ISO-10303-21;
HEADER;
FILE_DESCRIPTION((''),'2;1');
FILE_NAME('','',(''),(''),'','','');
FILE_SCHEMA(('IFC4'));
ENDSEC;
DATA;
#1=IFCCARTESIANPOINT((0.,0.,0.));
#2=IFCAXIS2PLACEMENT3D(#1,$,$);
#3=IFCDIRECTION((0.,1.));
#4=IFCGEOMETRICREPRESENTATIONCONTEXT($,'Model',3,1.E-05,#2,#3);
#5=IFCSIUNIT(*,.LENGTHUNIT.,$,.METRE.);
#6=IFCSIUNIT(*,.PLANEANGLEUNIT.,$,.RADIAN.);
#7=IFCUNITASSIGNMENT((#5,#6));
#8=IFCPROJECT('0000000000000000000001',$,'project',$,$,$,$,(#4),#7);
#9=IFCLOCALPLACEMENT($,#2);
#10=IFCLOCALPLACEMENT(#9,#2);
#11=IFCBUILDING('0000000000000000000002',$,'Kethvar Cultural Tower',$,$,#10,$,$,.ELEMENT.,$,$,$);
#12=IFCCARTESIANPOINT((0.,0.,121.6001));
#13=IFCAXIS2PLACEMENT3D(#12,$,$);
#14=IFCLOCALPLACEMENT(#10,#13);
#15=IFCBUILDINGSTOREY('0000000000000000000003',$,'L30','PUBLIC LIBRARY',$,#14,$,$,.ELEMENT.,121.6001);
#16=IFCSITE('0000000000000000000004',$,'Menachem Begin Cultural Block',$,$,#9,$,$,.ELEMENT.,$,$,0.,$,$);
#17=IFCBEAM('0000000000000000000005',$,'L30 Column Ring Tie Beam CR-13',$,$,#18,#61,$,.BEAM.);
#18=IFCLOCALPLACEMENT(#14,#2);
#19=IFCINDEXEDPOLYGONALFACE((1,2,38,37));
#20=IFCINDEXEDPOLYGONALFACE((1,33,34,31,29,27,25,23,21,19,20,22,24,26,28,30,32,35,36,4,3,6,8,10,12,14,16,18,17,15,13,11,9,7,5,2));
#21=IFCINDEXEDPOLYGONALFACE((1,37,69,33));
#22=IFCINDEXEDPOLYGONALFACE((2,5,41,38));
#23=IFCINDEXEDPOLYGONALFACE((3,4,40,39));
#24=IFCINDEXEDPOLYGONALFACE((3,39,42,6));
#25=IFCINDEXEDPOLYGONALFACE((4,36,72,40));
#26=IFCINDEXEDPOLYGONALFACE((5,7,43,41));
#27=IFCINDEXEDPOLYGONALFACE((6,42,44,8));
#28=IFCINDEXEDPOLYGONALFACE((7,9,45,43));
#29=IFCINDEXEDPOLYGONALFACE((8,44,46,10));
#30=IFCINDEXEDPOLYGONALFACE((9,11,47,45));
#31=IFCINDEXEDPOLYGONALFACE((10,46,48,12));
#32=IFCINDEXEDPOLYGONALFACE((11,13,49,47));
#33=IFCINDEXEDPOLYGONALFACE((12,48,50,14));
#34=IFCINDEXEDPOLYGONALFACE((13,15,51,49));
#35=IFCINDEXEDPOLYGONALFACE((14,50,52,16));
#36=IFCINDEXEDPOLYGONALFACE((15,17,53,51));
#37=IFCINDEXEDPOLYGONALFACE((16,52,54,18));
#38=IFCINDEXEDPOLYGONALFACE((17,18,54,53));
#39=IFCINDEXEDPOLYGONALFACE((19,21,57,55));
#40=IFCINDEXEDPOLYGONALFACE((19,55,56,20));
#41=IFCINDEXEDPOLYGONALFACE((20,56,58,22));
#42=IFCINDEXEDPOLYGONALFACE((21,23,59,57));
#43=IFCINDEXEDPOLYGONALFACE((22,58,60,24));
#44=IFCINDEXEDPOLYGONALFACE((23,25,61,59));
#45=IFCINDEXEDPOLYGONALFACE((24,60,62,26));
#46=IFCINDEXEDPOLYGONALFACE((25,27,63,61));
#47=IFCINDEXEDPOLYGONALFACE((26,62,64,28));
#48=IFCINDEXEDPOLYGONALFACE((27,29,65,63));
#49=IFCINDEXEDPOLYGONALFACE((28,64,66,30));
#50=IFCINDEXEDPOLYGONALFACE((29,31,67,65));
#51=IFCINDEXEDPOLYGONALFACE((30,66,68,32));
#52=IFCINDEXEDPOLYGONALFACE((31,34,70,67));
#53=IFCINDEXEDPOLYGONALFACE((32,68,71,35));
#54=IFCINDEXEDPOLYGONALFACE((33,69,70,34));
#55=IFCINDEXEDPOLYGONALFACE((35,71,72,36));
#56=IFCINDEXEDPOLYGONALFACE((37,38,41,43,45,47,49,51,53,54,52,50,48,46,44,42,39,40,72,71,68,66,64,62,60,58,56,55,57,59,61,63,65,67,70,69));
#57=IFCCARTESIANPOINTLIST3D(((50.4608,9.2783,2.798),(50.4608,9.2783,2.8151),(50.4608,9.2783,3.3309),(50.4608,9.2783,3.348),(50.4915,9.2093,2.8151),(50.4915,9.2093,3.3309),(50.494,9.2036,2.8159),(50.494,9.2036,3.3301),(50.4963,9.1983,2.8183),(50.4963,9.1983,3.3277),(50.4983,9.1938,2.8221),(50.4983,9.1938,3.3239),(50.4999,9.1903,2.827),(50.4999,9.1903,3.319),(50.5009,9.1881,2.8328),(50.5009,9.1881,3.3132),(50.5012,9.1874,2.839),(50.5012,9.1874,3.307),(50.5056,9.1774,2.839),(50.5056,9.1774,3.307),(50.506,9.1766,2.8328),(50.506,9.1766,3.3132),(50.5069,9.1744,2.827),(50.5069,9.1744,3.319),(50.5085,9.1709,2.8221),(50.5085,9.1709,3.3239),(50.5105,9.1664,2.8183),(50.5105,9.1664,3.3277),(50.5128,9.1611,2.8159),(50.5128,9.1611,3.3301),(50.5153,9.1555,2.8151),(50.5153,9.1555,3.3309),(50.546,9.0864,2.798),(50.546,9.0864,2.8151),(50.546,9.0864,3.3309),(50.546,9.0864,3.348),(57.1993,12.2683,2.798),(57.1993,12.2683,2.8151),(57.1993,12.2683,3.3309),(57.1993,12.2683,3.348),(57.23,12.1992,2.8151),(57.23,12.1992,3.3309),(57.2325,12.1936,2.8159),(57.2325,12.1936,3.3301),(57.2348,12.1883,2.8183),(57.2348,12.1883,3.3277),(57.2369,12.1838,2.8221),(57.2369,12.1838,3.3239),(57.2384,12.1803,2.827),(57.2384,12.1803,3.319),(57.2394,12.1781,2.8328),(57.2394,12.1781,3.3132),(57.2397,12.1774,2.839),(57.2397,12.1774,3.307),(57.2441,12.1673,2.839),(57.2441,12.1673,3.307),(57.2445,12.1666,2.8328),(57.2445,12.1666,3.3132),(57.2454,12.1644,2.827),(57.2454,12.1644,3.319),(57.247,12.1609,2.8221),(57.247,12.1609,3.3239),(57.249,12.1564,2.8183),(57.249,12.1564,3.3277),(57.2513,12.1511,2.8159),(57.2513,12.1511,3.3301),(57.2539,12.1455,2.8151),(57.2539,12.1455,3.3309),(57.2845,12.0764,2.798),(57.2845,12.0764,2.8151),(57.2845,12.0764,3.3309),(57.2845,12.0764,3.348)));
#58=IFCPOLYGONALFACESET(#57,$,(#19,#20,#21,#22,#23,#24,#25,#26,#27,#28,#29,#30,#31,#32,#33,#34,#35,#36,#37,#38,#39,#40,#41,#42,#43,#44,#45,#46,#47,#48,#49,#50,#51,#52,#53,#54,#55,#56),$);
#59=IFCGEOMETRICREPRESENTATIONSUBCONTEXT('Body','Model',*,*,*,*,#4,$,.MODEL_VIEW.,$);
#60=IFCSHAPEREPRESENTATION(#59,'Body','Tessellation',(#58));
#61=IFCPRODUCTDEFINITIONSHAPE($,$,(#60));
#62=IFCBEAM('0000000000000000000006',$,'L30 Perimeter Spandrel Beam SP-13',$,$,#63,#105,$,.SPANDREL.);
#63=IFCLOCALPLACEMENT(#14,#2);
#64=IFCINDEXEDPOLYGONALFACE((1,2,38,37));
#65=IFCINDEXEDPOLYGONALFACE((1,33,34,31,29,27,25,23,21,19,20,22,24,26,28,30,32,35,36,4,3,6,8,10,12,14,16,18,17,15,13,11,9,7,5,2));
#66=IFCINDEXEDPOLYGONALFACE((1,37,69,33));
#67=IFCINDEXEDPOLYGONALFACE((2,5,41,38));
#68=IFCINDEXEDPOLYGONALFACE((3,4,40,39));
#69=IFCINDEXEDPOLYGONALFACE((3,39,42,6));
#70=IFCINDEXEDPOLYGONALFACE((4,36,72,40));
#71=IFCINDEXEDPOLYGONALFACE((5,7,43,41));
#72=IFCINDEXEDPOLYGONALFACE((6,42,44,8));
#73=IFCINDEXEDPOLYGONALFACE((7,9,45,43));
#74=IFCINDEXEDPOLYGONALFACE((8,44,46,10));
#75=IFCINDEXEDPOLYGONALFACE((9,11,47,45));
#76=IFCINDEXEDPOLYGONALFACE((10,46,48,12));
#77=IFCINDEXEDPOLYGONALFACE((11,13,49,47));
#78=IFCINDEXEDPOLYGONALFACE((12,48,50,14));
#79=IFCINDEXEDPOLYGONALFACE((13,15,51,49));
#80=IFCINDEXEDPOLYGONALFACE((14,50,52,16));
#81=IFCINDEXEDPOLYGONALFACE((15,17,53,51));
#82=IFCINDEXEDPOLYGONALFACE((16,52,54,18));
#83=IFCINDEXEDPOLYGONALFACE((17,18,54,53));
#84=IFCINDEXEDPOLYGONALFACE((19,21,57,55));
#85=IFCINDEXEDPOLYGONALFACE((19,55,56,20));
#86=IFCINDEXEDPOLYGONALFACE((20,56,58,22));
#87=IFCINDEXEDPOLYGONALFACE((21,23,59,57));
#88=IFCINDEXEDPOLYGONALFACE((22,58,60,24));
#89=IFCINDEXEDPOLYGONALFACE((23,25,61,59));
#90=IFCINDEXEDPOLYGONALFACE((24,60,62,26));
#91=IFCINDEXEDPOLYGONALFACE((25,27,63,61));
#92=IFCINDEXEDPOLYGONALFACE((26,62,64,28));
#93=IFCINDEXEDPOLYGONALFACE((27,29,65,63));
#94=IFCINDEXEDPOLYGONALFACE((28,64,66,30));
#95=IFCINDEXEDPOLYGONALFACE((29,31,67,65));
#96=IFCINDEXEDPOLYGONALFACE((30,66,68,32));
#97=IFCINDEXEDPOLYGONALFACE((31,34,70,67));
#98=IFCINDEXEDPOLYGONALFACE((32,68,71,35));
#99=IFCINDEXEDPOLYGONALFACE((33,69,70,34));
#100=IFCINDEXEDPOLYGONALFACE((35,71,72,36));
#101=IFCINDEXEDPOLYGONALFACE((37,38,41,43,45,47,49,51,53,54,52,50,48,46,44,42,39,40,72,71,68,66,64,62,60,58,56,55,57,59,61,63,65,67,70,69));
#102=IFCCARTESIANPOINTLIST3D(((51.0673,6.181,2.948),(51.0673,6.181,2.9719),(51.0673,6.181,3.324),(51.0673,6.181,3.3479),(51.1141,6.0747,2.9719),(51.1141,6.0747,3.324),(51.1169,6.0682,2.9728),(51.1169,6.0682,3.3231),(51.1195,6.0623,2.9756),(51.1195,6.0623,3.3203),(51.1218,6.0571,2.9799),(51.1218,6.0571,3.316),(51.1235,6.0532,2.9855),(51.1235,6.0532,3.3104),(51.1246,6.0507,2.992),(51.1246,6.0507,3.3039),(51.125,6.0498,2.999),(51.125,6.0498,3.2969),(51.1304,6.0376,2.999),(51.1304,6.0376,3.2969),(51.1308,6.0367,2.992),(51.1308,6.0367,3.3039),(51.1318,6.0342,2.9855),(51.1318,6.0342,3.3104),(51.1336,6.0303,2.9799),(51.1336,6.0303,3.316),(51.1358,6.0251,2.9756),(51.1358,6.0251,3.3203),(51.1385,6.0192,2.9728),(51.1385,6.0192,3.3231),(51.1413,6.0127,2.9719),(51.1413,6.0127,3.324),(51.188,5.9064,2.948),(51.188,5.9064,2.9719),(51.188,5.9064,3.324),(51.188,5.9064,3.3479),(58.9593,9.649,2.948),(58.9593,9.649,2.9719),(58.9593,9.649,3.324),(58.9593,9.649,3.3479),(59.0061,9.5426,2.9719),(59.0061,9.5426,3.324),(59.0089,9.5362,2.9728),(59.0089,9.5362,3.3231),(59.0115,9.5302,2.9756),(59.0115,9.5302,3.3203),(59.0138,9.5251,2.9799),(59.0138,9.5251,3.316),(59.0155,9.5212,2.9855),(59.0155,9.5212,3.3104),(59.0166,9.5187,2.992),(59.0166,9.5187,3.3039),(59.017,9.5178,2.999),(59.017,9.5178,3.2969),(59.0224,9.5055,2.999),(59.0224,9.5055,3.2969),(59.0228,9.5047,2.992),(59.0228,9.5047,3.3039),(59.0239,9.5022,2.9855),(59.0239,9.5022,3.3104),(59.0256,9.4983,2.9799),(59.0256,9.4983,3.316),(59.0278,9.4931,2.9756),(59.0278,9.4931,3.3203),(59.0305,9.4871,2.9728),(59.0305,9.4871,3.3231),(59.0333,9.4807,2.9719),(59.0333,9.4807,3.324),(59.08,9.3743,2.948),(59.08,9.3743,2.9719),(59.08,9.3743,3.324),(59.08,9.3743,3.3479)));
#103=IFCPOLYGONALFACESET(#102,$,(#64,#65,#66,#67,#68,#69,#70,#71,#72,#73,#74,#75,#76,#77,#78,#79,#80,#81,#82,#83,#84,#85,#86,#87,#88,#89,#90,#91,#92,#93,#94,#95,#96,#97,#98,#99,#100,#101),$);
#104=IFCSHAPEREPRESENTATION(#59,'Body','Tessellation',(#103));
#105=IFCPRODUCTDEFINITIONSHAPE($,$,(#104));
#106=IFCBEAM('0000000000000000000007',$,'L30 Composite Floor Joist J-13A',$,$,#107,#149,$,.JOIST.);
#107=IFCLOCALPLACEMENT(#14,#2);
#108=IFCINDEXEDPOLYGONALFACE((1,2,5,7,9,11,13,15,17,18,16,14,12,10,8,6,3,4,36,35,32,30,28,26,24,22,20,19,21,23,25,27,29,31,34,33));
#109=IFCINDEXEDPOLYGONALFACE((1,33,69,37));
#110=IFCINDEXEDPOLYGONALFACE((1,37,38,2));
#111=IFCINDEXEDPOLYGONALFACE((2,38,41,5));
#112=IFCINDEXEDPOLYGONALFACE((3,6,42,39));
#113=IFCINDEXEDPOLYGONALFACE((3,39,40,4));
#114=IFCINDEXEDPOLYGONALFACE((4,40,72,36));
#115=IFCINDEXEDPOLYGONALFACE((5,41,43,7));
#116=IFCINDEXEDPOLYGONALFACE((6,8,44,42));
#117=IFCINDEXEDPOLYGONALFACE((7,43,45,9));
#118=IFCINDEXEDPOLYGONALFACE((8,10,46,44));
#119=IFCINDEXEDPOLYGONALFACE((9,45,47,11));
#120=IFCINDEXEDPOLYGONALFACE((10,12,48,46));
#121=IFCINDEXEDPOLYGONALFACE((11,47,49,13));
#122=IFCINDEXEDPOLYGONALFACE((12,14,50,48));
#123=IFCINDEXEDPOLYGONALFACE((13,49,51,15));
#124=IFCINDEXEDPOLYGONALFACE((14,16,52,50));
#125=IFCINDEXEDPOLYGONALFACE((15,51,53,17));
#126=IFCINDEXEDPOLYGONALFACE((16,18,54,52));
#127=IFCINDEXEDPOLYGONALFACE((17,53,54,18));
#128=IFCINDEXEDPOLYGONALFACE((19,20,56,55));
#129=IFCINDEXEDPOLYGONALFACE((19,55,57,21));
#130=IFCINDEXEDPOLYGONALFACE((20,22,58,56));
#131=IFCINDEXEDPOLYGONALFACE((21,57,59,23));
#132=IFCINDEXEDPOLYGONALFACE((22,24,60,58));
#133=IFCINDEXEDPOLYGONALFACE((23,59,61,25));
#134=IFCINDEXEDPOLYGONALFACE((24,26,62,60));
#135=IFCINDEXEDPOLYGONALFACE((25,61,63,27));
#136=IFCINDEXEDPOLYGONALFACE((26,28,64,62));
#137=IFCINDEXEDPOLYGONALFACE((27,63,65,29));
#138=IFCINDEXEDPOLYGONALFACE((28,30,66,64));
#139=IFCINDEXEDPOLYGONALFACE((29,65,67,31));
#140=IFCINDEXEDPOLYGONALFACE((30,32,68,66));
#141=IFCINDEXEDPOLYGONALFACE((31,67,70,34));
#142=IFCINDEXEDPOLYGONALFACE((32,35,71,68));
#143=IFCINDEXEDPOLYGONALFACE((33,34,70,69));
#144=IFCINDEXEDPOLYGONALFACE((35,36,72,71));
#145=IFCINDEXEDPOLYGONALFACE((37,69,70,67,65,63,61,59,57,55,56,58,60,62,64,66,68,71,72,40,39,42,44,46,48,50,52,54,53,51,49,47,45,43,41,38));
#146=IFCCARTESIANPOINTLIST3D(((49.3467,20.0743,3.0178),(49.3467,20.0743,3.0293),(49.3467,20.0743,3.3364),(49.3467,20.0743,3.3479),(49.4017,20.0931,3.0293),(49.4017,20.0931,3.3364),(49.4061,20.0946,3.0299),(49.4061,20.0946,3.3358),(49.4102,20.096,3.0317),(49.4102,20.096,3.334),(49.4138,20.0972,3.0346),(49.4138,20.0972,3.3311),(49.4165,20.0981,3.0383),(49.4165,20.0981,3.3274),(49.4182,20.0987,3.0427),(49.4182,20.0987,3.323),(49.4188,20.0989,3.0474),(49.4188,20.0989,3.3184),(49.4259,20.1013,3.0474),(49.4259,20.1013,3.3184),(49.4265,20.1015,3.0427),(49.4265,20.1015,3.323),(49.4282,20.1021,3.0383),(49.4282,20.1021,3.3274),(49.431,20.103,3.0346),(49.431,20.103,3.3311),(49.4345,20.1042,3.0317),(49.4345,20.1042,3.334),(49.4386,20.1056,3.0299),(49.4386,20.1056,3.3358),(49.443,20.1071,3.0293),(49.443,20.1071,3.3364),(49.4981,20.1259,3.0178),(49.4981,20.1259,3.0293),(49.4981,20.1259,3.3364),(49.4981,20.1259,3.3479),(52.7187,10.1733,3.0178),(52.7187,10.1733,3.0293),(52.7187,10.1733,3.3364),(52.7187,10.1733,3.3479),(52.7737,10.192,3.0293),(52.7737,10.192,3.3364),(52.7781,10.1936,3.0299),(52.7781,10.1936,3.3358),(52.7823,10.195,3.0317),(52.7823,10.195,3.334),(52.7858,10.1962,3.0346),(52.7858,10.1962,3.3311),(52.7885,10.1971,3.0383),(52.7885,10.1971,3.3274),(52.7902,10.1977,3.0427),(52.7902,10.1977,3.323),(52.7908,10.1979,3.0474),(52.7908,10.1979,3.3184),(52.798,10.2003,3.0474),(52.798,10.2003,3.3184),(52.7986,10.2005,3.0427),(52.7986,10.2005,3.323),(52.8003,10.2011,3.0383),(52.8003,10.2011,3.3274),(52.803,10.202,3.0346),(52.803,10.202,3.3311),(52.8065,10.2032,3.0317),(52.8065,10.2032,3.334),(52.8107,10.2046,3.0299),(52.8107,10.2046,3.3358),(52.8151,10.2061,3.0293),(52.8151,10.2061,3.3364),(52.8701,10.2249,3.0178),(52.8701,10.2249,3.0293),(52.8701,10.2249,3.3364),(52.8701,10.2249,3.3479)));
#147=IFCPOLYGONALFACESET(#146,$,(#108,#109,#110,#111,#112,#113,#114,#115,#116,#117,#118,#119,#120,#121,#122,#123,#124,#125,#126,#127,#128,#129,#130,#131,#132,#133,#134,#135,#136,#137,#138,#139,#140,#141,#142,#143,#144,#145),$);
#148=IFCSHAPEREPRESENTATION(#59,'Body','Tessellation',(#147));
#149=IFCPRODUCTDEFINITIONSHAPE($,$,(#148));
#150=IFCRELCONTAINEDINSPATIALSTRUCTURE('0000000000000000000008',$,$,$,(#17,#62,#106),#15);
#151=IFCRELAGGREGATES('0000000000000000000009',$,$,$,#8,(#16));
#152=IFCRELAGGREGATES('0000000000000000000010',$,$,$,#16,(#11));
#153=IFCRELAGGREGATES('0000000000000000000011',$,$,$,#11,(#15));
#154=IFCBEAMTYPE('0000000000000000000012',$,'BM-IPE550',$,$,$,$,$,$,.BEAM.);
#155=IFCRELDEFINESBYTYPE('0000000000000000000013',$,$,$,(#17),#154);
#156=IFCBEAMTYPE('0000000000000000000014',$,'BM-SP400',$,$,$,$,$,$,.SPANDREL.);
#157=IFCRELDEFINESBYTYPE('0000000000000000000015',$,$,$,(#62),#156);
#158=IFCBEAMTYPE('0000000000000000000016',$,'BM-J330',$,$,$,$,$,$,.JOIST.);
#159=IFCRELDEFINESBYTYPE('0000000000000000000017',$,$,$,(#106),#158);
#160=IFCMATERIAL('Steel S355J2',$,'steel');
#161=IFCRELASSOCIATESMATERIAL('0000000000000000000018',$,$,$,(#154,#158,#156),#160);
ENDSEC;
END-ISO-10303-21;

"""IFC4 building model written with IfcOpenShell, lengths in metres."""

from ifc_helpers import new_model, si_unit, direction, frame, origin, origin_2d, place, context, subcontext, project, spatial, i_section, extrude, source, transform, mapped, material, material_profile, profile_set, type_object, element, save


model = new_model("IFC4")

# Units and contexts
model_context = context("Model", 3, precision=1e-05, world=origin(), true_north=direction((0.0, 1.0)))
body_context = subcontext(model_context, "Body", "Model", "MODEL_VIEW")
ifc_project = project(units=[si_unit("LENGTHUNIT", "METRE"), si_unit("PLANEANGLEUNIT", "RADIAN")], contexts=[model_context])

# Site, building, storey
site_placement = place(None, origin())
site = spatial("IfcSite", under=ifc_project, at=site_placement, Name="Menachem Begin Cultural Block", CompositionType="ELEMENT", RefElevation=0.0)
building_placement = place(site_placement, origin())
building = spatial("IfcBuilding", under=site, at=building_placement, Name="Kethvar Cultural Tower", CompositionType="ELEMENT")
storey_placement = place(building_placement, frame((0.0, 0.0, 121.6001)))
storey = spatial("IfcBuildingStorey", under=building, at=storey_placement, Name="L30", Description="PUBLIC LIBRARY", CompositionType="ELEMENT", Elevation=121.6001)

# Beams
ifc_material_1 = material(Name="Steel S355J2", Category="steel")
ifc_material_profile_1 = material_profile(ifc_material_1, i_section(OverallWidth=0.21, OverallDepth=0.55, WebThickness=0.011, FlangeThickness=0.0171, FilletRadius=0.0239, at=origin_2d()), Name="Steel S355J2 — IPE550")
ifc_profile_set_1 = profile_set([ifc_material_profile_1], Name="Steel S355J2 — IPE550")
beam_type_1 = type_object("IfcBeamType", Name="BM-IPE550", PredefinedType="BEAM", material=ifc_profile_set_1)
ifc_material_profile_2 = material_profile(ifc_material_1, i_section(OverallWidth=0.1599, OverallDepth=0.3301, WebThickness=0.0076, FlangeThickness=0.0115, FilletRadius=0.0181, at=origin_2d()), Name="Steel S355J2 — IPE330")
ifc_profile_set_2 = profile_set([ifc_material_profile_2], Name="Steel S355J2 — IPE330")
beam_type_2 = type_object("IfcBeamType", Name="BM-J330", PredefinedType="JOIST", material=ifc_profile_set_2)
shared_shape_1 = source(origin(), body_context, "Body", "SweptSolid", [
    extrude(i_section(OverallWidth=0.21, OverallDepth=0.55, WebThickness=0.011, FlangeThickness=0.0171, FilletRadius=0.0239, at=origin_2d()), origin(), (0.0, 0.0, 1.0), 7.3721),
])
beam_1_placement = place(storey_placement, frame((50.5034, 9.1824, 3.073), z_axis=(0.914059, 0.405582, 0.0), x_axis=(-0.405582, 0.914059, 0.0)))
element("IfcBeam", 1, at=beam_1_placement, inside=storey, type_object=beam_type_1, Name="L30 Column Ring Tie Beam CR-13", PredefinedType="BEAM", context=body_context, shape_type="MappedRepresentation", body=[
    mapped(shared_shape_1, transform((0.0, 0.0, 0.0), scale=1.0)),
])
ifc_material_profile_3 = material_profile(ifc_material_1, i_section(OverallWidth=0.3, OverallDepth=0.3999, WebThickness=0.0134, FlangeThickness=0.0239, FilletRadius=0.0271, at=origin_2d()), Name="Steel S355J2 — HEB400")
ifc_profile_set_3 = profile_set([ifc_material_profile_3], Name="Steel S355J2 — HEB400")
beam_type_3 = type_object("IfcBeamType", Name="BM-SP400", PredefinedType="SPANDREL", material=ifc_profile_set_3)
shared_shape_2 = source(origin(), body_context, "Body", "SweptSolid", [
    extrude(i_section(OverallWidth=0.3, OverallDepth=0.3999, WebThickness=0.0134, FlangeThickness=0.0239, FilletRadius=0.0271, at=origin_2d()), origin(), (0.0, 0.0, 1.0), 8.6204),
])
beam_2_placement = place(storey_placement, frame((51.1277, 6.0437, 3.1479), z_axis=(0.915507, 0.402301, 0.0), x_axis=(-0.402301, 0.915507, 0.0)))
element("IfcBeam", 2, at=beam_2_placement, inside=storey, type_object=beam_type_3, Name="L30 Perimeter Spandrel Beam SP-13", PredefinedType="SPANDREL", context=body_context, shape_type="MappedRepresentation", body=[
    mapped(shared_shape_2, transform((0.0, 0.0, 0.0), scale=1.0)),
])
shared_shape_3 = source(origin(), body_context, "Body", "SweptSolid", [
    extrude(i_section(OverallWidth=0.1599, OverallDepth=0.3301, WebThickness=0.0076, FlangeThickness=0.0115, FilletRadius=0.0181, at=origin_2d()), origin(), (0.0, 0.0, 1.0), 10.4595),
])
beam_3_placement = place(storey_placement, frame((49.4224, 20.1001, 3.1829), z_axis=(0.32239, -0.946607, 0.0), x_axis=(0.946607, 0.32239, 0.0)))
element("IfcBeam", 3, at=beam_3_placement, inside=storey, type_object=beam_type_2, Name="L30 Composite Floor Joist J-13A", PredefinedType="JOIST", context=body_context, shape_type="MappedRepresentation", body=[
    mapped(shared_shape_3, transform((0.0, 0.0, 0.0), scale=1.0)),
])

save(model, "model.ifc")
